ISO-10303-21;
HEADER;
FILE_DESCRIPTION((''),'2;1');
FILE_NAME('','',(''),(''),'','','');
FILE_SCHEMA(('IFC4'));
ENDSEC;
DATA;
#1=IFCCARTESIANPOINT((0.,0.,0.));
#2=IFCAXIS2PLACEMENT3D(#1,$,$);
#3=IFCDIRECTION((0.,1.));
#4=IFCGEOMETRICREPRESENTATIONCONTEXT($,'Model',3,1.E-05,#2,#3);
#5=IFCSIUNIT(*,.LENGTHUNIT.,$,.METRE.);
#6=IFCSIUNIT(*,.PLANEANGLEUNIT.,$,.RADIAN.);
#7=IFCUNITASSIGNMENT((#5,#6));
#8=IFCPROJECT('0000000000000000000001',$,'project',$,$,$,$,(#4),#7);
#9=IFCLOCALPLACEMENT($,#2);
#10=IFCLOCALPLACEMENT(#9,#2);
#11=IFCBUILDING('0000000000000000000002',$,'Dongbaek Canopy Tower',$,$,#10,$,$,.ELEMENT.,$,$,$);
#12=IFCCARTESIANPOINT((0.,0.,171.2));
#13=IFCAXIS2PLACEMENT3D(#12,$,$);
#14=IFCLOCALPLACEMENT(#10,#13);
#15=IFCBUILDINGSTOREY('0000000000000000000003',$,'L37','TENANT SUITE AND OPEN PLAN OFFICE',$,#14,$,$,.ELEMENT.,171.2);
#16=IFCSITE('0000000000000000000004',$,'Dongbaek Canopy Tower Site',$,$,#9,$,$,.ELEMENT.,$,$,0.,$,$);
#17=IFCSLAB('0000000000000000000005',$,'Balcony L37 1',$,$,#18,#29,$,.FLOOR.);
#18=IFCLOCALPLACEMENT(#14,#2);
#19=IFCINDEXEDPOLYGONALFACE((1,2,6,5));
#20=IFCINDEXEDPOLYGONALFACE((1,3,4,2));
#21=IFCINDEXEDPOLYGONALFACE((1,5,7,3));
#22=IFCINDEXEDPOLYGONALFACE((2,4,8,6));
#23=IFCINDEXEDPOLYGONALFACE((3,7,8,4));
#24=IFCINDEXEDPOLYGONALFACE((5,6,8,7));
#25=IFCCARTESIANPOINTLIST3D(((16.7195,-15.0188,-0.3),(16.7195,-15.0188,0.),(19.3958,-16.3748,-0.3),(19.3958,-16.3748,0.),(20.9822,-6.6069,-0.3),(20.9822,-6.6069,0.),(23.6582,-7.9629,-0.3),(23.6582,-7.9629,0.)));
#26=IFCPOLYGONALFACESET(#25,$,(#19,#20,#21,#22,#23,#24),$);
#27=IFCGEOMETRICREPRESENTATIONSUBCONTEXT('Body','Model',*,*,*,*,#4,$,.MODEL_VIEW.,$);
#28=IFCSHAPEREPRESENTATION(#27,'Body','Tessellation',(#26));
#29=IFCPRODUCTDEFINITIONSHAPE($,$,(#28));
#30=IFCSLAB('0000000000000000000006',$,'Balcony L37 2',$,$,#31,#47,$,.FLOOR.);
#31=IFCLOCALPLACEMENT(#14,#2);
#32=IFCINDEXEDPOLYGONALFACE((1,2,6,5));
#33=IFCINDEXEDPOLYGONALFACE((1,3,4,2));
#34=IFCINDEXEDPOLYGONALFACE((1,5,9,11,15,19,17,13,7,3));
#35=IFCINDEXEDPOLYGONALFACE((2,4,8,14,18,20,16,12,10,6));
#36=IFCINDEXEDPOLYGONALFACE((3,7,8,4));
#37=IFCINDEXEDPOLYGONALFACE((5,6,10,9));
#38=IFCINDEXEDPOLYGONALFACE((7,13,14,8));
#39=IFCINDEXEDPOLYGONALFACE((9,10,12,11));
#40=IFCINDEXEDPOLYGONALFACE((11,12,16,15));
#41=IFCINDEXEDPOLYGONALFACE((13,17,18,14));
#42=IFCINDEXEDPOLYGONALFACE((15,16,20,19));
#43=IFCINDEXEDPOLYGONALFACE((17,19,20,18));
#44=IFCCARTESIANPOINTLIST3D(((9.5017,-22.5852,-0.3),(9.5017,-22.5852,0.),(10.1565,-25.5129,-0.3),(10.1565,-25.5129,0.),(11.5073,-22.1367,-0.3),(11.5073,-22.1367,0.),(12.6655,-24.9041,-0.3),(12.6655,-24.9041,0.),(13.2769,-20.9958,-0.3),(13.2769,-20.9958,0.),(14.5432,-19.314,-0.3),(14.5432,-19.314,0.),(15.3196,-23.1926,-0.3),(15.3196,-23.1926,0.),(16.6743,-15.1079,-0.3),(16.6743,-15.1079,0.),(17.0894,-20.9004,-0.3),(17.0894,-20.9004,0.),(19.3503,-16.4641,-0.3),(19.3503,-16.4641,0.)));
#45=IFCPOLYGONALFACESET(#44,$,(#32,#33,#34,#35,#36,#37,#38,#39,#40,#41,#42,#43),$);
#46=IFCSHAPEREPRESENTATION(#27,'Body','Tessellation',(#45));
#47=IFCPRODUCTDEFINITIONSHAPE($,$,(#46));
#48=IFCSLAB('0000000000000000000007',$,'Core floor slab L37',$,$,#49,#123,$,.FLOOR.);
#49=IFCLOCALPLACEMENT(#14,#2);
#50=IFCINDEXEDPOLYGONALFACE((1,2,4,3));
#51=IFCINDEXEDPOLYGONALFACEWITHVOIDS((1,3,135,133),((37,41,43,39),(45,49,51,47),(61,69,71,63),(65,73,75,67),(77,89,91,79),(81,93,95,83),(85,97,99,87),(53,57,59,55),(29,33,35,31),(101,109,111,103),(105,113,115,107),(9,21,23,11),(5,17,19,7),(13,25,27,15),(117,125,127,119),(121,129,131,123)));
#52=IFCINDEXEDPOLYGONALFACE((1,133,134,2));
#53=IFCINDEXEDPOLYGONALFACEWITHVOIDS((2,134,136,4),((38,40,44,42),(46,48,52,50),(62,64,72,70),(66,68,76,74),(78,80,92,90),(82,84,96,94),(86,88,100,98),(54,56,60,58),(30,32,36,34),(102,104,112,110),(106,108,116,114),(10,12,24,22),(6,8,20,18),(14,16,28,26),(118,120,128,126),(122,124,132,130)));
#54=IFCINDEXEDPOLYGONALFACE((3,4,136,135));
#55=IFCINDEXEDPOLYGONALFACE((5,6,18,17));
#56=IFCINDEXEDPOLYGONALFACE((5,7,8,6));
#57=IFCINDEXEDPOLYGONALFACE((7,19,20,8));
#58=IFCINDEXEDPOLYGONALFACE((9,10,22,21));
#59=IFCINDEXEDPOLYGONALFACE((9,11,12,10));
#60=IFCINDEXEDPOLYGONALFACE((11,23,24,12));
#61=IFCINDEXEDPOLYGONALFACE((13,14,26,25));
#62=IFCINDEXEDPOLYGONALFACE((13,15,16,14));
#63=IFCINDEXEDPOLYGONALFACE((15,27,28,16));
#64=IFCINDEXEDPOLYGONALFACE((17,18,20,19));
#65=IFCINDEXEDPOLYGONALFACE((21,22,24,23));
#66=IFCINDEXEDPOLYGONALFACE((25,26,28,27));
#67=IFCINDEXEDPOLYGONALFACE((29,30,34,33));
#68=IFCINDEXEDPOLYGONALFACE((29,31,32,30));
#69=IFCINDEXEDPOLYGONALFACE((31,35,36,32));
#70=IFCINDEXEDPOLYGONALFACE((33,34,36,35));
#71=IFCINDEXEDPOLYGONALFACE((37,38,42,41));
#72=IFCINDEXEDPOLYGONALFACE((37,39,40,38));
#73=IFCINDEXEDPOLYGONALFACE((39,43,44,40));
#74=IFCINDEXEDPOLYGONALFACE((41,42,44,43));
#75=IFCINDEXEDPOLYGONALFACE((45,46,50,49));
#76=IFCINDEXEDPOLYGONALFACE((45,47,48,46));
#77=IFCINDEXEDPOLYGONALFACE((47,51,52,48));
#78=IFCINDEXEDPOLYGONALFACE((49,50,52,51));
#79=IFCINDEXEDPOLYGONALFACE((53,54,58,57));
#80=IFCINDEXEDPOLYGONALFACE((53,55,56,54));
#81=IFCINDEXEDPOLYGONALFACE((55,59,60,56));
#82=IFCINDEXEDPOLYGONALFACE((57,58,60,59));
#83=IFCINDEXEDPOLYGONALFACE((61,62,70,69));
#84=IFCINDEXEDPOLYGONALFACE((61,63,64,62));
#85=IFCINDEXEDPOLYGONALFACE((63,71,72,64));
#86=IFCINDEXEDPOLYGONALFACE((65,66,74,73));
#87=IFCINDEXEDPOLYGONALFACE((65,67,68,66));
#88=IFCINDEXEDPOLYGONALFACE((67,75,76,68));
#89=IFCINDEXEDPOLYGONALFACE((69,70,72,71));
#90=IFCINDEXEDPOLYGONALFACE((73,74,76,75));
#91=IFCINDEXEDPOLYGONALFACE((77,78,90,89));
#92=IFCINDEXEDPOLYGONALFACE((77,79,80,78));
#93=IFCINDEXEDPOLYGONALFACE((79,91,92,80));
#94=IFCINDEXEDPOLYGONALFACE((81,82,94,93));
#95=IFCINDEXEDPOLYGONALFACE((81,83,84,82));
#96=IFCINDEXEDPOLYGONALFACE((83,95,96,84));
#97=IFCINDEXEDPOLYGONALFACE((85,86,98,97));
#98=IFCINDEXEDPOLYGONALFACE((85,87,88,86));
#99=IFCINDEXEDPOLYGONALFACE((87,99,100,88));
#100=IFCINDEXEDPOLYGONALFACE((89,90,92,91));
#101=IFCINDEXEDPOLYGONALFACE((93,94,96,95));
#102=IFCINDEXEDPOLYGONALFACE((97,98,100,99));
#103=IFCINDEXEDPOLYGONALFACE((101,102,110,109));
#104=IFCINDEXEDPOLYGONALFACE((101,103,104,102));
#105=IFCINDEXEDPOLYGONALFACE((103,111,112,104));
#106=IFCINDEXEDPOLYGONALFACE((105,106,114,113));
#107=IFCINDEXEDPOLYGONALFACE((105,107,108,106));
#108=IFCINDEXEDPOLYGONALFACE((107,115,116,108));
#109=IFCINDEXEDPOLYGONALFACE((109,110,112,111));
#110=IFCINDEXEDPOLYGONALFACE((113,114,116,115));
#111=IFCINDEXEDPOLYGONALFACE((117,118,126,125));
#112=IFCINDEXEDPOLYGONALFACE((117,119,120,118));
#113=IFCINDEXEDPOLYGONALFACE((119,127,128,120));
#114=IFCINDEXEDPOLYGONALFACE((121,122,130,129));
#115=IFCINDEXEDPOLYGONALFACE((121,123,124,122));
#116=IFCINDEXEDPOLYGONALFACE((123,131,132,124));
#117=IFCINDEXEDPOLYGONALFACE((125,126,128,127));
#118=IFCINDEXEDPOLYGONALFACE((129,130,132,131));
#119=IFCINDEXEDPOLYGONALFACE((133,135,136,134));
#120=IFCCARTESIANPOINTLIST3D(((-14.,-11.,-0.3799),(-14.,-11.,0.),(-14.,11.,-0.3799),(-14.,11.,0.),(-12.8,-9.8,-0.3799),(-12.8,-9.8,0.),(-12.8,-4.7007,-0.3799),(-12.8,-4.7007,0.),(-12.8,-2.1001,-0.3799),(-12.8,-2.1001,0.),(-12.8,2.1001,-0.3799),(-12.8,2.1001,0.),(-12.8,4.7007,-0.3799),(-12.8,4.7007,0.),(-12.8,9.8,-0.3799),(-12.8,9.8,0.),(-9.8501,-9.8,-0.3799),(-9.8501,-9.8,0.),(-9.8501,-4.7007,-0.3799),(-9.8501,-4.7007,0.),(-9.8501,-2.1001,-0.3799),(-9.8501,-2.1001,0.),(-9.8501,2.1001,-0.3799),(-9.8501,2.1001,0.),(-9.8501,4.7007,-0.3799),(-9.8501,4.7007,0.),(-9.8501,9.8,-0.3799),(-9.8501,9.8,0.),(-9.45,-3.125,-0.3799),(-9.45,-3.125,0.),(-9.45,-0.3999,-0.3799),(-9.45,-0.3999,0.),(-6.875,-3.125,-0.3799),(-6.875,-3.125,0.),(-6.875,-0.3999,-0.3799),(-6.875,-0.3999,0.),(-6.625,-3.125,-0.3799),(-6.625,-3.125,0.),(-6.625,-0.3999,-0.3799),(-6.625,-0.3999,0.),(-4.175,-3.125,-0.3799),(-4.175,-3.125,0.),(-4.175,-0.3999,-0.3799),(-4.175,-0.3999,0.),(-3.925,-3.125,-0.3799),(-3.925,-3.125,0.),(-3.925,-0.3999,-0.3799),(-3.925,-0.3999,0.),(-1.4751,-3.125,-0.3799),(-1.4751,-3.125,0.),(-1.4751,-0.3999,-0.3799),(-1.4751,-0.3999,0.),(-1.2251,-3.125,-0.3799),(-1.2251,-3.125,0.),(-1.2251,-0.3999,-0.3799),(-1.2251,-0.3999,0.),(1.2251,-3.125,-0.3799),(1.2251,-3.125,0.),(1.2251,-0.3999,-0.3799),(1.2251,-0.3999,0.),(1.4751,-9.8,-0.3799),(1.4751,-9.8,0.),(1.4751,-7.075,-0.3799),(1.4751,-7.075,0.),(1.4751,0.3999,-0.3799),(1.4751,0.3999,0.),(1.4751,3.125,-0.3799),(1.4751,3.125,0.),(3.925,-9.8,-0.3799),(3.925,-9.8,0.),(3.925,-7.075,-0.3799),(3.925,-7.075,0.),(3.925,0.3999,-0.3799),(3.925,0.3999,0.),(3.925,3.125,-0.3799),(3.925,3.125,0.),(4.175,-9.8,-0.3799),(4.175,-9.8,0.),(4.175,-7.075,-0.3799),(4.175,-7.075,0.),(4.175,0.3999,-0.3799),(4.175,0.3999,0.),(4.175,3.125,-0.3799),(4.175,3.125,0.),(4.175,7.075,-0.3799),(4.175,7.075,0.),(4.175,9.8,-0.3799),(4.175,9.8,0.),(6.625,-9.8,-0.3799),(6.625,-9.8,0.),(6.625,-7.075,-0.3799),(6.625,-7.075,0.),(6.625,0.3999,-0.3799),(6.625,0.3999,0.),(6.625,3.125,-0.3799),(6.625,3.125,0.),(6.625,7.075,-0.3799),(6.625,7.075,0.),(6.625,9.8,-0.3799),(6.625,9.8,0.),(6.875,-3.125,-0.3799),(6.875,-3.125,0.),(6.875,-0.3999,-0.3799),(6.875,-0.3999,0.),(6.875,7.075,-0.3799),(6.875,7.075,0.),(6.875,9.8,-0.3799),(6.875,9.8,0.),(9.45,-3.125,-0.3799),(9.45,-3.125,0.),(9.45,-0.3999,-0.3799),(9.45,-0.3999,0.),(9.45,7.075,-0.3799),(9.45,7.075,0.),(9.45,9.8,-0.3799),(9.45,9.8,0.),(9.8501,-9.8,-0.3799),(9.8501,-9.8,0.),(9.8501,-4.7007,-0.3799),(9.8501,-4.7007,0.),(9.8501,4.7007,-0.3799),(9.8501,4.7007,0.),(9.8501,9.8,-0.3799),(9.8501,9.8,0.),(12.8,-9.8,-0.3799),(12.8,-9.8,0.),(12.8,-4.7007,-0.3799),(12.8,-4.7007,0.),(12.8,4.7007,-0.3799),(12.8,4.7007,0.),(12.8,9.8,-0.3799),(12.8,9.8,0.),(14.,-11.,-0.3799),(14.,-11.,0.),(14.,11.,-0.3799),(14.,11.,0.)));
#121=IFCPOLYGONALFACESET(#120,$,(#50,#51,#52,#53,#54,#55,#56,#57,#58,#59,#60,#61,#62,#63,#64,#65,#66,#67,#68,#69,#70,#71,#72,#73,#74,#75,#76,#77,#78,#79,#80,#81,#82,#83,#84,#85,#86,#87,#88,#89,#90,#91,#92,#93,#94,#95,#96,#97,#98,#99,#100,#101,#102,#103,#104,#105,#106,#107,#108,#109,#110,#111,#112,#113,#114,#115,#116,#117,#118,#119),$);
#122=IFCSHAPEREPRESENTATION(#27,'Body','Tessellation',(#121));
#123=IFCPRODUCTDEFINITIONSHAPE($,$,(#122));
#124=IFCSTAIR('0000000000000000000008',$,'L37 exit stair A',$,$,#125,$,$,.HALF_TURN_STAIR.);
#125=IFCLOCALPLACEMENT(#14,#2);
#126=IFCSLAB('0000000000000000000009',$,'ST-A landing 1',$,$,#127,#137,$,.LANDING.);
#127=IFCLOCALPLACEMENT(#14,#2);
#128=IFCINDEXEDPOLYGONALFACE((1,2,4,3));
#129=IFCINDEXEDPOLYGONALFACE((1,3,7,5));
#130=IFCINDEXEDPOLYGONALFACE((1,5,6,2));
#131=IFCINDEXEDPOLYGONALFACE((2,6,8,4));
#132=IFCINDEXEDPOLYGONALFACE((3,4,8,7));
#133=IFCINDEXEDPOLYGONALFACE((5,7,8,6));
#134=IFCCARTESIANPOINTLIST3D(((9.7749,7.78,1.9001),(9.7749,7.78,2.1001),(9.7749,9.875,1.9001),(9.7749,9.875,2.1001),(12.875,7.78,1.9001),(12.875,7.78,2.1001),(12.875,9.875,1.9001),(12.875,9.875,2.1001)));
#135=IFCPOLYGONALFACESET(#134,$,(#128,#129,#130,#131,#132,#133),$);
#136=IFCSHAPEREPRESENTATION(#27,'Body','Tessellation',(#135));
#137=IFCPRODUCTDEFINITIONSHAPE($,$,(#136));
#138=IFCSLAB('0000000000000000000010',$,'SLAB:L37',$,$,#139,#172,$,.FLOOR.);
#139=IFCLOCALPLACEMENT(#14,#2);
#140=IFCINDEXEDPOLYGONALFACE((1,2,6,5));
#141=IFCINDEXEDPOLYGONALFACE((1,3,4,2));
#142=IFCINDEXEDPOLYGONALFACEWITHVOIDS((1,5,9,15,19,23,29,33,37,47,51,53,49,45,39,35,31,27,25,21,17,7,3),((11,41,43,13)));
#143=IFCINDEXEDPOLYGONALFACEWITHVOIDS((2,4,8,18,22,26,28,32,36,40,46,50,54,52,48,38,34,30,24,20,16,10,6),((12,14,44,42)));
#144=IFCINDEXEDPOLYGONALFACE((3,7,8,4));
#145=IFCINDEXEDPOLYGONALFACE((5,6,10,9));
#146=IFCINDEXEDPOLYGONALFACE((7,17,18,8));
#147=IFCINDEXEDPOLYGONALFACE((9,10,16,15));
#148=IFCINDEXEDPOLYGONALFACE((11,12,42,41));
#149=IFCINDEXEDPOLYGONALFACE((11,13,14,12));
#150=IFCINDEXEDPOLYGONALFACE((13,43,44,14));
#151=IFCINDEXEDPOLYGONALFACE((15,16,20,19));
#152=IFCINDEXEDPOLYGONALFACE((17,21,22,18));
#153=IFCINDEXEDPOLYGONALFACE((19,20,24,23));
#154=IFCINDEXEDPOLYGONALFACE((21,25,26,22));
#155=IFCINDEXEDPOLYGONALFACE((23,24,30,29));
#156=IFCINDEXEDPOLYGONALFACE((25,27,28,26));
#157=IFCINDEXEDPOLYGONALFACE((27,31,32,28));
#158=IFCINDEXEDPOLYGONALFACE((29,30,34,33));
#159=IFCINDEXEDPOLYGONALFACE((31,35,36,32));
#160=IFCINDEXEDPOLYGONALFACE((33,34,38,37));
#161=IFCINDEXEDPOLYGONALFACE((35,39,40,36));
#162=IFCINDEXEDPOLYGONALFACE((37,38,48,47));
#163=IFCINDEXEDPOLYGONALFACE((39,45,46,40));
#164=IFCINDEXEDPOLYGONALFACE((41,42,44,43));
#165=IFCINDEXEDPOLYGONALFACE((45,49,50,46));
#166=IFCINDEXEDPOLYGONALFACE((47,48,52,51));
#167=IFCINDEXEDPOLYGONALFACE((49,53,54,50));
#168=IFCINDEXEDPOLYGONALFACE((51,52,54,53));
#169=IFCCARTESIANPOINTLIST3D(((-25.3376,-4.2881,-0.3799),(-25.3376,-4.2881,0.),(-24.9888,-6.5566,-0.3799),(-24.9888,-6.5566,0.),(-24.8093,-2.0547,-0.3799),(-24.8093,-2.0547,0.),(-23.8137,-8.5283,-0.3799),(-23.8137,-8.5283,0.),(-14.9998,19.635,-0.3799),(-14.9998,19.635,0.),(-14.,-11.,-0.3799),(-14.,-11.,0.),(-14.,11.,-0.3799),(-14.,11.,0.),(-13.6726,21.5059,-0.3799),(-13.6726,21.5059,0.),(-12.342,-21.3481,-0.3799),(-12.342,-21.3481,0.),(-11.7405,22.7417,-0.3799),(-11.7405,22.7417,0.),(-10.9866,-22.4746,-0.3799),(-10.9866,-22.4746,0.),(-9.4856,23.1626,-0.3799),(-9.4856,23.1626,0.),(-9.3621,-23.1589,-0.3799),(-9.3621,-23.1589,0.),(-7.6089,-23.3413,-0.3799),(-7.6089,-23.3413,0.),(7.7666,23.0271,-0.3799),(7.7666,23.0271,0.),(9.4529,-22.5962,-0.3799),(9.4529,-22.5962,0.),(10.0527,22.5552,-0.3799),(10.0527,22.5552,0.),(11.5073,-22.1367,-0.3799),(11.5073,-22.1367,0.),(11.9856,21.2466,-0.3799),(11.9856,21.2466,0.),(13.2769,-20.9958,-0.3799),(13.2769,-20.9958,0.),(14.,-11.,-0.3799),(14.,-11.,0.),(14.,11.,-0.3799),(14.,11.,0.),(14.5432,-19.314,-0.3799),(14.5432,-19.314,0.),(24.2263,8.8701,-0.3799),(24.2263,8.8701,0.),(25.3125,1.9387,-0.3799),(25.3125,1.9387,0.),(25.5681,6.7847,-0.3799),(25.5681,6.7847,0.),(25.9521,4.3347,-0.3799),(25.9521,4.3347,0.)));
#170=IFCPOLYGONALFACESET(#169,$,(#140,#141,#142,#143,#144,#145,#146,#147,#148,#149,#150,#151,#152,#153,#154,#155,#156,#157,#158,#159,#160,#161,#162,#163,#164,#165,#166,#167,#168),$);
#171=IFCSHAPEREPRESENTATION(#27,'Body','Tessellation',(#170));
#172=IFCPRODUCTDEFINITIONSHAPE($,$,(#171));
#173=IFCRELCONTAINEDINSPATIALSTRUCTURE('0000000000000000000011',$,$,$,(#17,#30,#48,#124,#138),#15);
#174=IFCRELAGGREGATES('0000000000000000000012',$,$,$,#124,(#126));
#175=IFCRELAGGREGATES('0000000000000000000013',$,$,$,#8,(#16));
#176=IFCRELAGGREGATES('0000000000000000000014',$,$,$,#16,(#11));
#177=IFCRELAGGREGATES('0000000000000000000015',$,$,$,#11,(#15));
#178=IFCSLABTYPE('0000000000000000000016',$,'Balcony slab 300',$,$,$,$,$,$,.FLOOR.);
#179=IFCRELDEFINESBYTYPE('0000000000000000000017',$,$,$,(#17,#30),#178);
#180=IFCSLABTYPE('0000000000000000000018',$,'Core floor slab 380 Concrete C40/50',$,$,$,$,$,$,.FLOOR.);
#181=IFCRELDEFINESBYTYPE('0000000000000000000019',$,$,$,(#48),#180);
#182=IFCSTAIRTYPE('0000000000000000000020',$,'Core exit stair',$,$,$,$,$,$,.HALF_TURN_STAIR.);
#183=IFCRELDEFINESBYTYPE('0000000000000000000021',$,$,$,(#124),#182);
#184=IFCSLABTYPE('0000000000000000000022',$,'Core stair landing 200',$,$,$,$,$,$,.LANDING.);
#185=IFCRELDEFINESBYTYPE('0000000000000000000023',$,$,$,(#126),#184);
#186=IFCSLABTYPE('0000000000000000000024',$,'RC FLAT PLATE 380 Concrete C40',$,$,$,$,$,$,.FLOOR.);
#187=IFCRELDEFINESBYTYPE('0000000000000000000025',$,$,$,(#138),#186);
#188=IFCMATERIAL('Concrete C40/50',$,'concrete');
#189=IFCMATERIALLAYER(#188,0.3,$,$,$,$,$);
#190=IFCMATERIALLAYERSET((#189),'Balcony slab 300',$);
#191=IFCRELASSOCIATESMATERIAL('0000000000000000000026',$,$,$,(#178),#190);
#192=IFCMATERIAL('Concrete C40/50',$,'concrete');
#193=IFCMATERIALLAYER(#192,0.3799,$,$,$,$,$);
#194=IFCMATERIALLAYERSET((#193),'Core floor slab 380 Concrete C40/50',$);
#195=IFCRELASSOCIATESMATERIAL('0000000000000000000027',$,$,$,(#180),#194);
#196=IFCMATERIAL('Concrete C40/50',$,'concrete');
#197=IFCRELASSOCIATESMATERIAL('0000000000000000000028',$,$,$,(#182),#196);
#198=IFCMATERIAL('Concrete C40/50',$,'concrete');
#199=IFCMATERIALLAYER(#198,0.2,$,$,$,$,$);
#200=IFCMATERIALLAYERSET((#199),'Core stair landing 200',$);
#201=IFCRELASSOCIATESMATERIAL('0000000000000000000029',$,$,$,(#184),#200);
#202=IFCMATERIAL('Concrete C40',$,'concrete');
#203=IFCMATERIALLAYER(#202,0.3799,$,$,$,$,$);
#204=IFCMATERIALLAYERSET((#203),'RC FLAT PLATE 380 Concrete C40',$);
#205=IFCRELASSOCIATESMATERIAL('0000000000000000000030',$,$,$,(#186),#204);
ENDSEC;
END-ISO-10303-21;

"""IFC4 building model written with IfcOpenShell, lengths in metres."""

from ifc_helpers import new_model, si_unit, direction, frame, origin, place, context, subcontext, project, spatial, polyline, outline, extrude, material, layer, layer_set, type_object, element, aggregate, save


model = new_model("IFC4")

# Units and contexts
model_context = context("Model", 3, precision=1e-05, world=origin(), true_north=direction((0.0, 1.0)))
body_context = subcontext(model_context, "Body", "Model", "MODEL_VIEW")
ifc_project = project(units=[si_unit("LENGTHUNIT", "METRE"), si_unit("PLANEANGLEUNIT", "RADIAN")], contexts=[model_context])

# Site, building, storey
site_placement = place(None, origin())
site = spatial("IfcSite", under=ifc_project, at=site_placement, Name="Dongbaek Canopy Tower Site", CompositionType="ELEMENT", RefElevation=0.0)
building_placement = place(site_placement, origin())
building = spatial("IfcBuilding", under=site, at=building_placement, Name="Dongbaek Canopy Tower", CompositionType="ELEMENT")
storey_placement = place(building_placement, frame((0.0, 0.0, 171.2)))
storey = spatial("IfcBuildingStorey", under=building, at=storey_placement, Name="L37", Description="TENANT SUITE AND OPEN PLAN OFFICE", CompositionType="ELEMENT", Elevation=171.2)

# Slabs
ifc_material_1 = material(Name="Concrete C40/50", Category="concrete")
ifc_layer_1 = layer(ifc_material_1, 0.3)
ifc_layer_set_1 = layer_set([ifc_layer_1], Name="Balcony slab 300")
slab_type_1 = type_object("IfcSlabType", Name="Balcony slab 300", PredefinedType="FLOOR", material=ifc_layer_set_1)
slab_1_placement = place(storey_placement, frame((0.0, 0.0, -0.3)))
element("IfcSlab", 1, at=slab_1_placement, inside=storey, type_object=slab_type_1, Name="Balcony L37 1", PredefinedType="FLOOR", context=body_context, shape_type="SweptSolid", body=[
    extrude(outline(polyline([(16.7195, -15.0188), (20.9822, -6.6069), (23.6582, -7.9629), (19.3958, -16.3748), (16.7195, -15.0188)])), origin(), (0.0, 0.0, 1.0), 0.3),
])
slab_2_placement = place(storey_placement, frame((0.0, 0.0, -0.3)))
element("IfcSlab", 2, at=slab_2_placement, inside=storey, type_object=slab_type_1, Name="Balcony L37 2", PredefinedType="FLOOR", context=body_context, shape_type="SweptSolid", body=[
    extrude(outline(polyline([(9.5017, -22.5852), (11.5073, -22.1367), (13.2769, -20.9958), (14.5432, -19.314), (16.6743, -15.1079), (19.3503, -16.4641), (17.0894, -20.9004), (15.3196, -23.1926), (12.6655, -24.9041), (10.1565, -25.5129), (9.5017, -22.5852)])), origin(), (0.0, 0.0, 1.0), 0.3),
])
ifc_material_2 = material(Name="Concrete C40/50", Category="concrete")
ifc_layer_2 = layer(ifc_material_2, 0.3799)
ifc_layer_set_2 = layer_set([ifc_layer_2], Name="Core floor slab 380 Concrete C40/50")
slab_type_2 = type_object("IfcSlabType", Name="Core floor slab 380 Concrete C40/50", PredefinedType="FLOOR", material=ifc_layer_set_2)
slab_3_placement = place(storey_placement, frame((0.0, 0.0, -0.3799)))
element("IfcSlab", 3, at=slab_3_placement, inside=storey, type_object=slab_type_2, Name="Core floor slab L37", PredefinedType="FLOOR", context=body_context, shape_type="SweptSolid", body=[
    extrude(outline(polyline([(14.0, -11.0), (14.0, 11.0), (-14.0, 11.0), (-14.0, -11.0), (14.0, -11.0)]), holes=[polyline([(-12.8, 2.1001), (-9.8501, 2.1001), (-9.8501, -2.1001), (-12.8, -2.1001), (-12.8, 2.1001)]), polyline([(6.625, 9.8), (6.625, 7.075), (4.175, 7.075), (4.175, 9.8), (6.625, 9.8)]), polyline([(9.45, 7.075), (6.875, 7.075), (6.875, 9.8), (9.45, 9.8), (9.45, 7.075)]), polyline([(1.4751, 0.3999), (1.4751, 3.125), (3.925, 3.125), (3.925, 0.3999), (1.4751, 0.3999)]), polyline([(4.175, 0.3999), (4.175, 3.125), (6.625, 3.125), (6.625, 0.3999), (4.175, 0.3999)]), polyline([(-9.45, -0.3999), (-6.875, -0.3999), (-6.875, -3.125), (-9.45, -3.125), (-9.45, -0.3999)]), polyline([(-6.625, -3.125), (-6.625, -0.3999), (-4.175, -0.3999), (-4.175, -3.125), (-6.625, -3.125)]), polyline([(-3.925, -3.125), (-3.925, -0.3999), (-1.4751, -0.3999), (-1.4751, -3.125), (-3.925, -3.125)]), polyline([(-1.2251, -3.125), (-1.2251, -0.3999), (1.2251, -0.3999), (1.2251, -3.125), (-1.2251, -3.125)]), polyline([(9.45, -3.125), (6.875, -3.125), (6.875, -0.3999), (9.45, -0.3999), (9.45, -3.125)]), polyline([(1.4751, -9.8), (1.4751, -7.075), (3.925, -7.075), (3.925, -9.8), (1.4751, -9.8)]), polyline([(4.175, -9.8), (4.175, -7.075), (6.625, -7.075), (6.625, -9.8), (4.175, -9.8)]), polyline([(12.8, 4.7007), (12.8, 9.8), (9.8501, 9.8), (9.8501, 4.7007), (12.8, 4.7007)]), polyline([(-9.8501, 4.7007), (-9.8501, 9.8), (-12.8, 9.8), (-12.8, 4.7007), (-9.8501, 4.7007)]), polyline([(9.8501, -4.7007), (9.8501, -9.8), (12.8, -9.8), (12.8, -4.7007), (9.8501, -4.7007)]), polyline([(-12.8, -4.7007), (-12.8, -9.8), (-9.8501, -9.8), (-9.8501, -4.7007), (-12.8, -4.7007)])]), origin(), (0.0, 0.0, 1.0), 0.3799),
])

# Stair, slab
ifc_material_3 = material(Name="Concrete C40/50", Category="concrete")
stair_type = type_object("IfcStairType", Name="Core exit stair", PredefinedType="HALF_TURN_STAIR", material=ifc_material_3)
stair_1_placement = place(storey_placement, origin())
stair_1 = element("IfcStair", 4, at=stair_1_placement, inside=storey, type_object=stair_type, Name="L37 exit stair A", PredefinedType="HALF_TURN_STAIR")
ifc_material_4 = material(Name="Concrete C40/50", Category="concrete")
ifc_layer_3 = layer(ifc_material_4, 0.2)
ifc_layer_set_3 = layer_set([ifc_layer_3], Name="Core stair landing 200")
slab_type_3 = type_object("IfcSlabType", Name="Core stair landing 200", PredefinedType="LANDING", material=ifc_layer_set_3)
slab_4_placement = place(storey_placement, frame((0.0, 0.0, 1.9001)))
slab_4 = element("IfcSlab", 5, at=slab_4_placement, type_object=slab_type_3, Name="ST-A landing 1", PredefinedType="LANDING", context=body_context, shape_type="SweptSolid", body=[
    extrude(outline(polyline([(12.875, 7.78), (12.875, 9.875), (9.7749, 9.875), (9.7749, 7.78), (12.875, 7.78)])), origin(), (0.0, 0.0, 1.0), 0.2),
])
aggregate(stair_1, [slab_4])

# Slab
ifc_material_5 = material(Name="Concrete C40", Category="concrete")
ifc_layer_4 = layer(ifc_material_5, 0.3799)
ifc_layer_set_4 = layer_set([ifc_layer_4], Name="RC FLAT PLATE 380 Concrete C40")
slab_type_4 = type_object("IfcSlabType", Name="RC FLAT PLATE 380 Concrete C40", PredefinedType="FLOOR", material=ifc_layer_set_4)
slab_5_placement = place(storey_placement, frame((0.0, 0.0, -0.3799)))
element("IfcSlab", 6, at=slab_5_placement, inside=storey, type_object=slab_type_4, Name="SLAB:L37", PredefinedType="FLOOR", context=body_context, shape_type="SweptSolid", body=[
    extrude(outline(polyline([(14.5432, -19.314), (13.2769, -20.9958), (11.5073, -22.1367), (9.4529, -22.5962), (-7.6089, -23.3413), (-9.3621, -23.1589), (-10.9866, -22.4746), (-12.342, -21.3481), (-23.8137, -8.5283), (-24.9888, -6.5566), (-25.3376, -4.2881), (-24.8093, -2.0547), (-14.9998, 19.635), (-13.6726, 21.5059), (-11.7405, 22.7417), (-9.4856, 23.1626), (7.7666, 23.0271), (10.0527, 22.5552), (11.9856, 21.2466), (24.2263, 8.8701), (25.5681, 6.7847), (25.9521, 4.3347), (25.3125, 1.9387), (14.5432, -19.314)]), holes=[polyline([(14.0, 11.0), (-14.0, 11.0), (-14.0, -11.0), (14.0, -11.0), (14.0, 11.0)])]), origin(), (0.0, 0.0, 1.0), 0.3799),
])

save(model, "model.ifc")
